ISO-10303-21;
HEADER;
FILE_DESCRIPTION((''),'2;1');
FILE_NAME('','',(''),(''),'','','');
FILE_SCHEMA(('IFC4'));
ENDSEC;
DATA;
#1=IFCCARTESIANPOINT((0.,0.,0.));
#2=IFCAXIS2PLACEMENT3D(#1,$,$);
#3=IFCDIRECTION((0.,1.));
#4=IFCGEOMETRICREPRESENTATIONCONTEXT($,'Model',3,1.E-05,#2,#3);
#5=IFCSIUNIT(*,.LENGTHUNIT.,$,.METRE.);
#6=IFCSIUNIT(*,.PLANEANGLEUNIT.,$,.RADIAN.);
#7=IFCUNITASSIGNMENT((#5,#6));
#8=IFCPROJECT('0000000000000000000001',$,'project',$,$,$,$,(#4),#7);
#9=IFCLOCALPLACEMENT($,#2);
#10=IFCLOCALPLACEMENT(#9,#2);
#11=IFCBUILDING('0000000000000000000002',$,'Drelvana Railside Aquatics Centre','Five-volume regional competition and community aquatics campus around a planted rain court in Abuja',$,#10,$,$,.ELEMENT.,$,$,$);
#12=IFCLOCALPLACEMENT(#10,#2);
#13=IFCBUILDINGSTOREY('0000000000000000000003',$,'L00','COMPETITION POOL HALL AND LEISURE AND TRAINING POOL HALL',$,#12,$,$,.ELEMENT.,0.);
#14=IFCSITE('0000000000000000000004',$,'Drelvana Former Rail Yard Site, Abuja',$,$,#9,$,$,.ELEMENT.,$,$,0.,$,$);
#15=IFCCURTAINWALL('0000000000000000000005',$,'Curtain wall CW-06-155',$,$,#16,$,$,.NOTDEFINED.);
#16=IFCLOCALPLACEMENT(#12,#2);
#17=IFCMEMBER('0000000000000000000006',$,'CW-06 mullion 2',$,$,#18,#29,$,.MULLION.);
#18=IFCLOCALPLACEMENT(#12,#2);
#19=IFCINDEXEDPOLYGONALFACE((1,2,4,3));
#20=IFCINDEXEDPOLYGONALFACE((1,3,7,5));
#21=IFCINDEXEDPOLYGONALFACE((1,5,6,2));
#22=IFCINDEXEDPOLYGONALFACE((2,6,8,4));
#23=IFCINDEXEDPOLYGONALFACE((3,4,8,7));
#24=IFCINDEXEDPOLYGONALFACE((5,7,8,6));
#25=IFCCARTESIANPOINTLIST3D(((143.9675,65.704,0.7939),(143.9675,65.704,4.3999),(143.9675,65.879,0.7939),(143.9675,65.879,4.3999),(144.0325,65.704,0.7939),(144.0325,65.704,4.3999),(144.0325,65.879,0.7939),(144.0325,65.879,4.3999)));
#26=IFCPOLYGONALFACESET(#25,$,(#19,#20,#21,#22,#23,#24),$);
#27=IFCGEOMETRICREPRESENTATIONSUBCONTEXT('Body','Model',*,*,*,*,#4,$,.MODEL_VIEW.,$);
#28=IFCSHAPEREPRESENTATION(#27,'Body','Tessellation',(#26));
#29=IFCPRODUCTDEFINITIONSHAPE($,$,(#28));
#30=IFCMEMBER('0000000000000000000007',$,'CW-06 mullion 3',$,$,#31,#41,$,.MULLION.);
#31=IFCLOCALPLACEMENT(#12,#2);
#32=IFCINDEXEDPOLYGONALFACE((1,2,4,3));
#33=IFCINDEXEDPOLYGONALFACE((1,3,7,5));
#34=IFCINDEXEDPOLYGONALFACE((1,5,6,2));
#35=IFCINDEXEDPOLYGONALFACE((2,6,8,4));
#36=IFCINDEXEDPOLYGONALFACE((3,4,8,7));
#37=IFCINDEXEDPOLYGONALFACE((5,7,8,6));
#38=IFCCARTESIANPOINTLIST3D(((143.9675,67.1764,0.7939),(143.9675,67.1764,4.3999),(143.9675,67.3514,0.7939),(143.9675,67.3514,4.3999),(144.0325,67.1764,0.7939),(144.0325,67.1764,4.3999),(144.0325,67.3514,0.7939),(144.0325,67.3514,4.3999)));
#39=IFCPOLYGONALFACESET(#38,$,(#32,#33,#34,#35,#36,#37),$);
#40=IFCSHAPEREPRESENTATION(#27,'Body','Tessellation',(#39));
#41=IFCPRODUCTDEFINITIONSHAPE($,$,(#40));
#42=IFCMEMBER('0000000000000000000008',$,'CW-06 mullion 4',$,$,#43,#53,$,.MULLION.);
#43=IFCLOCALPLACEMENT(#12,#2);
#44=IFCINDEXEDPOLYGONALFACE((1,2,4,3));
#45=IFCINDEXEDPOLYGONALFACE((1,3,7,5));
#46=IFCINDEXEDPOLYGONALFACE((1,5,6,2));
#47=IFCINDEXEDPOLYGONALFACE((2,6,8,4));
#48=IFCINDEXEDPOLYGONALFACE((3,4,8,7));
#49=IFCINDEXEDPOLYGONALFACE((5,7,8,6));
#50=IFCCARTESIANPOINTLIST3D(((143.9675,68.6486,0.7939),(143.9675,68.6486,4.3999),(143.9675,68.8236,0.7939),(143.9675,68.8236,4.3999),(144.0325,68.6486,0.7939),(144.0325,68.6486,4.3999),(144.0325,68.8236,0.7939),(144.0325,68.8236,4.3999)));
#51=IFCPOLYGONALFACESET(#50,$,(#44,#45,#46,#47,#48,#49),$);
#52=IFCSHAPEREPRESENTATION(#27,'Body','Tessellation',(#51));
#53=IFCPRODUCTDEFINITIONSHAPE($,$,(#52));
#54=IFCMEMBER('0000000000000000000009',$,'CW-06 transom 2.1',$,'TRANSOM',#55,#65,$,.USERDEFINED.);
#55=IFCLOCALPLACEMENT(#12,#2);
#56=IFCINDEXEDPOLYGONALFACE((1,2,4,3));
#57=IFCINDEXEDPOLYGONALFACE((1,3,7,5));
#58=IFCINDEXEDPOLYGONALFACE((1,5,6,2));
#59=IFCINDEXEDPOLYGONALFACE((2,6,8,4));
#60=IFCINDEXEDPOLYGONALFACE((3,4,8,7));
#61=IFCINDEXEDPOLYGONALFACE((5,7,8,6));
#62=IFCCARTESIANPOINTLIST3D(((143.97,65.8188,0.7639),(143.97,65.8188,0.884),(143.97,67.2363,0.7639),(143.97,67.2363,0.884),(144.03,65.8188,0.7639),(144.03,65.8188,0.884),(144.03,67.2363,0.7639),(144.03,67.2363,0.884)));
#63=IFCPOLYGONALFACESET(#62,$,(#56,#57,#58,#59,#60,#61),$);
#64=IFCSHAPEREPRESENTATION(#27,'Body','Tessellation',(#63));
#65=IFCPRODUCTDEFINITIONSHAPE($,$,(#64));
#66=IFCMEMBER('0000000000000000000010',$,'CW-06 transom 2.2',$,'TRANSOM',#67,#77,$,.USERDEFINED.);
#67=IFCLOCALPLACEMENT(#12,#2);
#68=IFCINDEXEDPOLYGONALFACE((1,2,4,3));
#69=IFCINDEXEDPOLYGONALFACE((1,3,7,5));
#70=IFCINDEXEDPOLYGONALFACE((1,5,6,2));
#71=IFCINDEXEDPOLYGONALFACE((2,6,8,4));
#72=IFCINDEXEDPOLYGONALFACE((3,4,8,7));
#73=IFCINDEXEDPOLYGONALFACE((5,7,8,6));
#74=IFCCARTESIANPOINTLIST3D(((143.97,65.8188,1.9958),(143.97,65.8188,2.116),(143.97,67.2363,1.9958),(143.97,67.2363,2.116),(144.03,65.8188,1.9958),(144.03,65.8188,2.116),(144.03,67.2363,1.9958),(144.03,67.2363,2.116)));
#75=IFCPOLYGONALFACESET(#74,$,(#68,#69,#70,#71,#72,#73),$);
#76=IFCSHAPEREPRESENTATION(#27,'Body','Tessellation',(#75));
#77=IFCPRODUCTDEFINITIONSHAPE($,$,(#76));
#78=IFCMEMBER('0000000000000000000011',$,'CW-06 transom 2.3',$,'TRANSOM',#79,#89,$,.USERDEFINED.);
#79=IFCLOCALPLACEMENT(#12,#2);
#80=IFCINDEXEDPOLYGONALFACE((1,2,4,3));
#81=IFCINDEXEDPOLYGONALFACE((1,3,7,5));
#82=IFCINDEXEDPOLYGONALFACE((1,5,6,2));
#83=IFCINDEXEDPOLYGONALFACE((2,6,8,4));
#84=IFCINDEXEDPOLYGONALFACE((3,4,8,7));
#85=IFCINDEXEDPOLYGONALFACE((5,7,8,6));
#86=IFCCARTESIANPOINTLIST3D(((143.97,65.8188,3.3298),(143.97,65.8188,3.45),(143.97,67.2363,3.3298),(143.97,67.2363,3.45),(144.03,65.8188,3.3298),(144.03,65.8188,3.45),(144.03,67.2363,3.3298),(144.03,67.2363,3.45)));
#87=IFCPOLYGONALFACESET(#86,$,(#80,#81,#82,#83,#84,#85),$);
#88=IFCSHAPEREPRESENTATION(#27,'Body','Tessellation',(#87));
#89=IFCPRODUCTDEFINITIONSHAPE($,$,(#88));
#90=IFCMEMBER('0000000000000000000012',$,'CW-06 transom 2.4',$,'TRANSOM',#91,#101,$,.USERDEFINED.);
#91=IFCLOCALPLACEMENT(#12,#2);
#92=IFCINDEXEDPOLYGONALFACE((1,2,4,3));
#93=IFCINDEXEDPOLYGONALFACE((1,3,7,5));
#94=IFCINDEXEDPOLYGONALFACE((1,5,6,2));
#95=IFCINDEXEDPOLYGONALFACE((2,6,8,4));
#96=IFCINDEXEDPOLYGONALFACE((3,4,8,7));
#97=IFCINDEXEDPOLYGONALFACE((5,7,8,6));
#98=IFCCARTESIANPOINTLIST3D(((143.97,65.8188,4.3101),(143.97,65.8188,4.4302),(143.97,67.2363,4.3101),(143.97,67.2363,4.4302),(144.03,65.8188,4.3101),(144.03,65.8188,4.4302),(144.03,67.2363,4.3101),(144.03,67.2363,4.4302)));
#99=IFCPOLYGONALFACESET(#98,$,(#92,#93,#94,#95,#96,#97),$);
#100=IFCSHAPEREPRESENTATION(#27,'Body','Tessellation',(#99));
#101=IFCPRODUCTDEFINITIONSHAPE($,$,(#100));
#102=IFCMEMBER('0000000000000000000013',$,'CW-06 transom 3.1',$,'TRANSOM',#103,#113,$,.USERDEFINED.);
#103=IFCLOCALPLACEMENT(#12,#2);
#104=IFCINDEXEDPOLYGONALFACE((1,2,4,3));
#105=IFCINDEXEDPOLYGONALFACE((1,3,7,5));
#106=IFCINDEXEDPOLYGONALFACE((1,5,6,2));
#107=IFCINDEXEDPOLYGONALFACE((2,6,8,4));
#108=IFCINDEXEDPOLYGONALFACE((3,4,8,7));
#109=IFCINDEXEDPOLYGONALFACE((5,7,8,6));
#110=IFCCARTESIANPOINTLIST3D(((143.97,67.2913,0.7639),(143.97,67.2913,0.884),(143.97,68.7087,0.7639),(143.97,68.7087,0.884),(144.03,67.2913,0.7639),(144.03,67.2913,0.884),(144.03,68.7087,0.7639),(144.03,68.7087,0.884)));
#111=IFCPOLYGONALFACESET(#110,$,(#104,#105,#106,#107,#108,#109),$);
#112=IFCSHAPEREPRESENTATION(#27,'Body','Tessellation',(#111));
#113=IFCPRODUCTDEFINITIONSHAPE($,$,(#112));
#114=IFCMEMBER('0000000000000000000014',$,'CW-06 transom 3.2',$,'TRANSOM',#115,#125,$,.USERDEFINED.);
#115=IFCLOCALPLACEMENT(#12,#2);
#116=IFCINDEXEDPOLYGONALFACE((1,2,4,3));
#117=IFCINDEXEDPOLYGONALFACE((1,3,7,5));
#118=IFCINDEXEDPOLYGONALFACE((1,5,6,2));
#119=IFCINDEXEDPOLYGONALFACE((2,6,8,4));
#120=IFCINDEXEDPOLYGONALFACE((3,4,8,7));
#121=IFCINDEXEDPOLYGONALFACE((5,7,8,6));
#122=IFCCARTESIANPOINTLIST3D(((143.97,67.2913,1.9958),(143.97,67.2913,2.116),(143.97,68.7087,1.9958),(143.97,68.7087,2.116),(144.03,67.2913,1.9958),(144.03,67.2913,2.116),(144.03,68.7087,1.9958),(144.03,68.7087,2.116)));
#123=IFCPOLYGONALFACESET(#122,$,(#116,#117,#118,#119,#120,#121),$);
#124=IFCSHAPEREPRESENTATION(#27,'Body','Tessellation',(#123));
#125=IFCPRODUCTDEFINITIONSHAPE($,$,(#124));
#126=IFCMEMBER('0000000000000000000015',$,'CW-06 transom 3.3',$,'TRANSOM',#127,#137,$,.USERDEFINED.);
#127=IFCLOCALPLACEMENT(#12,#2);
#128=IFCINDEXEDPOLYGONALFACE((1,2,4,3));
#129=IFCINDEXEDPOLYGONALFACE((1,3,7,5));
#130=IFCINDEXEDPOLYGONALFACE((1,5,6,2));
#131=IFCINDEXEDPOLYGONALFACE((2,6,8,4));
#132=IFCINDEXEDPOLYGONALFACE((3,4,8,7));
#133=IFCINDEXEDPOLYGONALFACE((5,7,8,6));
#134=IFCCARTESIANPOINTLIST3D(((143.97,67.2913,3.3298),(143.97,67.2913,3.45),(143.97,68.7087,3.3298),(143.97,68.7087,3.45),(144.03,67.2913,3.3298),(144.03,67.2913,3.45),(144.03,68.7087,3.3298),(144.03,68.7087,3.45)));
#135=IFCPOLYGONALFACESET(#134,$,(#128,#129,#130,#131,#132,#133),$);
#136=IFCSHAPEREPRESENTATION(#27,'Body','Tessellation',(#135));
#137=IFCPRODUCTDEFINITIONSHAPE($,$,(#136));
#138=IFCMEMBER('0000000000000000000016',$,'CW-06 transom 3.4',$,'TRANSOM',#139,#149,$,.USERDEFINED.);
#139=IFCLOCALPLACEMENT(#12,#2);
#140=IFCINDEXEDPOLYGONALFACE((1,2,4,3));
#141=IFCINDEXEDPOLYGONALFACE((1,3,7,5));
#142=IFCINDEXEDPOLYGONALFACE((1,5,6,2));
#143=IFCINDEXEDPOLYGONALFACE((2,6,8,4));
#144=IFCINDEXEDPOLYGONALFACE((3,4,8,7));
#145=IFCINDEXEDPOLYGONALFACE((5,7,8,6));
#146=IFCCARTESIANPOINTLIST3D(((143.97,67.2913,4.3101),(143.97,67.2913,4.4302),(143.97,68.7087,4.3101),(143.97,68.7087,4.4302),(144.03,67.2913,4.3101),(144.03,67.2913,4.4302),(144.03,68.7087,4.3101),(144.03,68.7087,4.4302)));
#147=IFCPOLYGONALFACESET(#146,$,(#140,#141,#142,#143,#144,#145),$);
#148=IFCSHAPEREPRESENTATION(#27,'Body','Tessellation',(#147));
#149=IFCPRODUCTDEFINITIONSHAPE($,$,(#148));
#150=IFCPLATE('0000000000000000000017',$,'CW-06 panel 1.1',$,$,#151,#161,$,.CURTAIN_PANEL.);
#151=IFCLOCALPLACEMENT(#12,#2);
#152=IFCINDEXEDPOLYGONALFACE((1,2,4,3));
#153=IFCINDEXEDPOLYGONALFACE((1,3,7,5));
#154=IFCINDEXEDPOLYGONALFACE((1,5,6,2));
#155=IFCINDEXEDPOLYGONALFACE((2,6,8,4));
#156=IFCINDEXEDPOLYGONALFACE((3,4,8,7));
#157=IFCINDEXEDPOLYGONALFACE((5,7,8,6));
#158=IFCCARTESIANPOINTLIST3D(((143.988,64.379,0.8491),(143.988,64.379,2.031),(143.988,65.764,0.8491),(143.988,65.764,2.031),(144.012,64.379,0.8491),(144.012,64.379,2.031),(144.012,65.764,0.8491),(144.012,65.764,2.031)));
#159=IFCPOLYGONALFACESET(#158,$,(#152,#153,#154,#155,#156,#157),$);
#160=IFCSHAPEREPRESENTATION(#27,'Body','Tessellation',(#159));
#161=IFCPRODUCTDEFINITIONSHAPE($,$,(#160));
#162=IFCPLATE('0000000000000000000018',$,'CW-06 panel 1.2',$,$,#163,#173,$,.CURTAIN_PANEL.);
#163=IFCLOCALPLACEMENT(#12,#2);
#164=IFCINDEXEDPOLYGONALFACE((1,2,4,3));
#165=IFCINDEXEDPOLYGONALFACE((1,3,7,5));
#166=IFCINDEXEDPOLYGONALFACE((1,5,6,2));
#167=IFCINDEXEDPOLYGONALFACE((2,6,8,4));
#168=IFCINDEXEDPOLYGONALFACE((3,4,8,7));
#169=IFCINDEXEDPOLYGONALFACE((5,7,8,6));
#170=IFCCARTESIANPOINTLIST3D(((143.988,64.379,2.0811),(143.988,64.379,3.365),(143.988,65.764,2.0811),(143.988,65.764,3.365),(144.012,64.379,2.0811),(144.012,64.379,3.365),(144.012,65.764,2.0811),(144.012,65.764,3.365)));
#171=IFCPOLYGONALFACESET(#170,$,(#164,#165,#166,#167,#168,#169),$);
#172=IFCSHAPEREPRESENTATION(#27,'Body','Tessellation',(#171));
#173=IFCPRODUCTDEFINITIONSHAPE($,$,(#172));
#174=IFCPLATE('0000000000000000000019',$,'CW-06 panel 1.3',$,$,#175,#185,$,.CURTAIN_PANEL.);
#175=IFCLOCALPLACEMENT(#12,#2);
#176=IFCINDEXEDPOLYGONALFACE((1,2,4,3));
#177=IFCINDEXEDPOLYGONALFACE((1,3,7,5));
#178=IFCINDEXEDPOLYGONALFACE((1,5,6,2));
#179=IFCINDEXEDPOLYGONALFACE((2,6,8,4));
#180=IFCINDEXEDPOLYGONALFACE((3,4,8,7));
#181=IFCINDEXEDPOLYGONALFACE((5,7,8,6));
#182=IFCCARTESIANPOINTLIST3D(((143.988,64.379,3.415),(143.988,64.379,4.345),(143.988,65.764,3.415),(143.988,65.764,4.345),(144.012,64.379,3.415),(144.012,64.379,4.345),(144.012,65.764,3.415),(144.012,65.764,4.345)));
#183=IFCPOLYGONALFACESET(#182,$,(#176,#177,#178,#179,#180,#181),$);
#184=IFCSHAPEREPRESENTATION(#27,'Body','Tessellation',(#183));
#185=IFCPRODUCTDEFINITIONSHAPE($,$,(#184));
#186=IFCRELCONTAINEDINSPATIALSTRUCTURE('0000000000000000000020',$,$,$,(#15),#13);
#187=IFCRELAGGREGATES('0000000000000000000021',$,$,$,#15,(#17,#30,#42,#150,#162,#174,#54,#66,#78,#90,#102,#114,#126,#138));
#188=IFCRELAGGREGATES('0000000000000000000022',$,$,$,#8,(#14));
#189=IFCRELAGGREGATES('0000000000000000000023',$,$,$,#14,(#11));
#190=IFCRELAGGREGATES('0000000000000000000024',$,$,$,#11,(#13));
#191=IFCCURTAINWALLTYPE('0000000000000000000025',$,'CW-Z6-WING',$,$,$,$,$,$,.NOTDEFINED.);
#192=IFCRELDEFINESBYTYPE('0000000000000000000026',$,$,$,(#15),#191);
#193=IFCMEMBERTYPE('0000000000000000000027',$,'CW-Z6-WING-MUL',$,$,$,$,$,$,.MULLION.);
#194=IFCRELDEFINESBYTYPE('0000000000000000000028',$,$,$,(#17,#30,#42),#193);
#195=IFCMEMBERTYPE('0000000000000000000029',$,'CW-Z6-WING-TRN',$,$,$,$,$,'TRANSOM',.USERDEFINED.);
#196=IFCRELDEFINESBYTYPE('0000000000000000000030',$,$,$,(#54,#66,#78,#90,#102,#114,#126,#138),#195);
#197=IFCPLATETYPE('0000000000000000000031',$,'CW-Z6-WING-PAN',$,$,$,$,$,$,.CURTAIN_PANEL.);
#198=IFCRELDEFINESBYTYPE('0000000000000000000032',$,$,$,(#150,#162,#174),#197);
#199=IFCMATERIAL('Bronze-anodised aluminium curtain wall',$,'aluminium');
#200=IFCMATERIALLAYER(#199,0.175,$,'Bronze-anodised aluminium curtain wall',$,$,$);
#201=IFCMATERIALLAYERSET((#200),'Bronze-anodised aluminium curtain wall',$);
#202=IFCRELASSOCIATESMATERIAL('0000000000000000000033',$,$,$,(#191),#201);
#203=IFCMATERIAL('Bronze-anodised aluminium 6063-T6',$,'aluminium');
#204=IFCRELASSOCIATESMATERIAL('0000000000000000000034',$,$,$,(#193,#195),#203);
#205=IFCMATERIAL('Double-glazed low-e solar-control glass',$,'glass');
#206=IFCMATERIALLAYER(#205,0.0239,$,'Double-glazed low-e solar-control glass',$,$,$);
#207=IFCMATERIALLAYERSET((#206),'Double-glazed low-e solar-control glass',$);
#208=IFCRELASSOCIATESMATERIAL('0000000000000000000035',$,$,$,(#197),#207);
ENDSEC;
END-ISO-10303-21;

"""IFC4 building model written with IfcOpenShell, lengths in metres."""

from ifc_helpers import new_model, si_unit, direction, frame, origin, origin_2d, place, context, subcontext, project, spatial, rectangle, extrude, material, layer, layer_set, material_profile, profile_set, type_object, element, aggregate, save


model = new_model("IFC4")

# Units and contexts
model_context = context("Model", 3, precision=1e-05, world=origin(), true_north=direction((0.0, 1.0)))
body_context = subcontext(model_context, "Body", "Model", "MODEL_VIEW")
ifc_project = project(units=[si_unit("LENGTHUNIT", "METRE"), si_unit("PLANEANGLEUNIT", "RADIAN")], contexts=[model_context])

# Site, building, storey
site_placement = place(None, origin())
site = spatial("IfcSite", under=ifc_project, at=site_placement, Name="Drelvana Former Rail Yard Site, Abuja", CompositionType="ELEMENT", RefElevation=0.0)
building_placement = place(site_placement, origin())
building = spatial("IfcBuilding", under=site, at=building_placement, Name="Drelvana Railside Aquatics Centre", Description="Five-volume regional competition and community aquatics campus around a planted rain court in Abuja", CompositionType="ELEMENT")
storey_placement = place(building_placement, origin())
storey = spatial("IfcBuildingStorey", under=building, at=storey_placement, Name="L00", Description="COMPETITION POOL HALL AND LEISURE AND TRAINING POOL HALL", CompositionType="ELEMENT", Elevation=0.0)

# Curtain wall, members, plates
ifc_material_1 = material(Name="Bronze-anodised aluminium curtain wall", Category="aluminium")
ifc_layer_1 = layer(ifc_material_1, 0.175, Name="Bronze-anodised aluminium curtain wall")
ifc_layer_set_1 = layer_set([ifc_layer_1], Name="Bronze-anodised aluminium curtain wall")
curtain_wall_type = type_object("IfcCurtainWallType", Name="CW-Z6-WING", PredefinedType="NOTDEFINED", material=ifc_layer_set_1)
curtain_wall_placement = place(storey_placement, origin())
curtain_wall = element("IfcCurtainWall", 1, at=curtain_wall_placement, inside=storey, type_object=curtain_wall_type, Name="Curtain wall CW-06-155", PredefinedType="NOTDEFINED")
ifc_material_2 = material(Name="Bronze-anodised aluminium 6063-T6", Category="aluminium")
ifc_material_profile_1 = material_profile(ifc_material_2, rectangle(XDim=0.0649, YDim=0.175, at=origin_2d()), Name="ALU-M 65x175")
ifc_profile_set_1 = profile_set([ifc_material_profile_1], Name="Bronze-anodised aluminium 6063-T6")
member_type_1 = type_object("IfcMemberType", Name="CW-Z6-WING-MUL", PredefinedType="MULLION", material=ifc_profile_set_1)
member_1_placement = place(storey_placement, frame((144.0, 65.7915, 0.7939), z_axis=(0.0, 0.0, 1.0), x_axis=(-1.0, 0.0, 0.0)))
member_1 = element("IfcMember", 2, at=member_1_placement, type_object=member_type_1, Name="CW-06 mullion 2", PredefinedType="MULLION", context=body_context, shape_type="SweptSolid", body=[
    extrude(rectangle(XDim=0.0649, YDim=0.175, at=origin_2d()), origin(), (0.0, 0.0, 1.0), 3.606),
])
member_2_placement = place(storey_placement, frame((144.0, 67.2639, 0.7939), z_axis=(0.0, 0.0, 1.0), x_axis=(-1.0, 0.0, 0.0)))
member_2 = element("IfcMember", 3, at=member_2_placement, type_object=member_type_1, Name="CW-06 mullion 3", PredefinedType="MULLION", context=body_context, shape_type="SweptSolid", body=[
    extrude(rectangle(XDim=0.0649, YDim=0.175, at=origin_2d()), origin(), (0.0, 0.0, 1.0), 3.606),
])
member_3_placement = place(storey_placement, frame((144.0, 68.7361, 0.7939), z_axis=(0.0, 0.0, 1.0), x_axis=(-1.0, 0.0, 0.0)))
member_3 = element("IfcMember", 4, at=member_3_placement, type_object=member_type_1, Name="CW-06 mullion 4", PredefinedType="MULLION", context=body_context, shape_type="SweptSolid", body=[
    extrude(rectangle(XDim=0.0649, YDim=0.175, at=origin_2d()), origin(), (0.0, 0.0, 1.0), 3.606),
])
ifc_material_profile_2 = material_profile(ifc_material_2, rectangle(XDim=0.1201, YDim=0.0601, at=origin_2d()), Name="ALU-T 60x120")
ifc_profile_set_2 = profile_set([ifc_material_profile_2], Name="Bronze-anodised aluminium 6063-T6")
member_type_2 = type_object("IfcMemberType", Name="CW-Z6-WING-TRN", ElementType="TRANSOM", PredefinedType="USERDEFINED", material=ifc_profile_set_2)
member_4_placement = place(storey_placement, frame((144.0, 65.8188, 0.824), z_axis=(0.0, 1.0, 0.0), x_axis=(0.0, 0.0, 1.0)))
member_4 = element("IfcMember", 5, at=member_4_placement, type_object=member_type_2, Name="CW-06 transom 2.1", ObjectType="TRANSOM", PredefinedType="USERDEFINED", context=body_context, shape_type="SweptSolid", body=[
    extrude(rectangle(XDim=0.1201, YDim=0.0601, at=origin_2d()), origin(), (0.0, 0.0, 1.0), 1.4175),
])
member_5_placement = place(storey_placement, frame((144.0, 65.8188, 2.0559), z_axis=(0.0, 1.0, 0.0), x_axis=(0.0, 0.0, 1.0)))
member_5 = element("IfcMember", 6, at=member_5_placement, type_object=member_type_2, Name="CW-06 transom 2.2", ObjectType="TRANSOM", PredefinedType="USERDEFINED", context=body_context, shape_type="SweptSolid", body=[
    extrude(rectangle(XDim=0.1201, YDim=0.0601, at=origin_2d()), origin(), (0.0, 0.0, 1.0), 1.4175),
])
member_6_placement = place(storey_placement, frame((144.0, 65.8188, 3.3899), z_axis=(0.0, 1.0, 0.0), x_axis=(0.0, 0.0, 1.0)))
member_6 = element("IfcMember", 7, at=member_6_placement, type_object=member_type_2, Name="CW-06 transom 2.3", ObjectType="TRANSOM", PredefinedType="USERDEFINED", context=body_context, shape_type="SweptSolid", body=[
    extrude(rectangle(XDim=0.1201, YDim=0.0601, at=origin_2d()), origin(), (0.0, 0.0, 1.0), 1.4175),
])
member_7_placement = place(storey_placement, frame((144.0, 65.8188, 4.3701), z_axis=(0.0, 1.0, 0.0), x_axis=(0.0, 0.0, 1.0)))
member_7 = element("IfcMember", 8, at=member_7_placement, type_object=member_type_2, Name="CW-06 transom 2.4", ObjectType="TRANSOM", PredefinedType="USERDEFINED", context=body_context, shape_type="SweptSolid", body=[
    extrude(rectangle(XDim=0.1201, YDim=0.0601, at=origin_2d()), origin(), (0.0, 0.0, 1.0), 1.4175),
])
member_8_placement = place(storey_placement, frame((144.0, 67.2913, 0.824), z_axis=(0.0, 1.0, 0.0), x_axis=(0.0, 0.0, 1.0)))
member_8 = element("IfcMember", 9, at=member_8_placement, type_object=member_type_2, Name="CW-06 transom 3.1", ObjectType="TRANSOM", PredefinedType="USERDEFINED", context=body_context, shape_type="SweptSolid", body=[
    extrude(rectangle(XDim=0.1201, YDim=0.0601, at=origin_2d()), origin(), (0.0, 0.0, 1.0), 1.4175),
])
member_9_placement = place(storey_placement, frame((144.0, 67.2913, 2.0559), z_axis=(0.0, 1.0, 0.0), x_axis=(0.0, 0.0, 1.0)))
member_9 = element("IfcMember", 10, at=member_9_placement, type_object=member_type_2, Name="CW-06 transom 3.2", ObjectType="TRANSOM", PredefinedType="USERDEFINED", context=body_context, shape_type="SweptSolid", body=[
    extrude(rectangle(XDim=0.1201, YDim=0.0601, at=origin_2d()), origin(), (0.0, 0.0, 1.0), 1.4175),
])
member_10_placement = place(storey_placement, frame((144.0, 67.2913, 3.3899), z_axis=(0.0, 1.0, 0.0), x_axis=(0.0, 0.0, 1.0)))
member_10 = element("IfcMember", 11, at=member_10_placement, type_object=member_type_2, Name="CW-06 transom 3.3", ObjectType="TRANSOM", PredefinedType="USERDEFINED", context=body_context, shape_type="SweptSolid", body=[
    extrude(rectangle(XDim=0.1201, YDim=0.0601, at=origin_2d()), origin(), (0.0, 0.0, 1.0), 1.4175),
])
member_11_placement = place(storey_placement, frame((144.0, 67.2913, 4.3701), z_axis=(0.0, 1.0, 0.0), x_axis=(0.0, 0.0, 1.0)))
member_11 = element("IfcMember", 12, at=member_11_placement, type_object=member_type_2, Name="CW-06 transom 3.4", ObjectType="TRANSOM", PredefinedType="USERDEFINED", context=body_context, shape_type="SweptSolid", body=[
    extrude(rectangle(XDim=0.1201, YDim=0.0601, at=origin_2d()), origin(), (0.0, 0.0, 1.0), 1.4175),
])
ifc_material_3 = material(Name="Double-glazed low-e solar-control glass", Category="glass")
ifc_layer_2 = layer(ifc_material_3, 0.0239, Name="Double-glazed low-e solar-control glass")
ifc_layer_set_2 = layer_set([ifc_layer_2], Name="Double-glazed low-e solar-control glass")
plate_type = type_object("IfcPlateType", Name="CW-Z6-WING-PAN", PredefinedType="CURTAIN_PANEL", material=ifc_layer_set_2)
plate_1_placement = place(storey_placement, frame((144.0, 65.0715, 0.8491), z_axis=(0.0, 0.0, 1.0), x_axis=(0.0, 1.0, 0.0)))
plate_1 = element("IfcPlate", 13, at=plate_1_placement, type_object=plate_type, Name="CW-06 panel 1.1", PredefinedType="CURTAIN_PANEL", context=body_context, shape_type="SweptSolid", body=[
    extrude(rectangle(XDim=1.385, YDim=0.0239, at=origin_2d()), origin(), (0.0, 0.0, 1.0), 1.1819),
])
plate_2_placement = place(storey_placement, frame((144.0, 65.0715, 2.0811), z_axis=(0.0, 0.0, 1.0), x_axis=(0.0, 1.0, 0.0)))
plate_2 = element("IfcPlate", 14, at=plate_2_placement, type_object=plate_type, Name="CW-06 panel 1.2", PredefinedType="CURTAIN_PANEL", context=body_context, shape_type="SweptSolid", body=[
    extrude(rectangle(XDim=1.385, YDim=0.0239, at=origin_2d()), origin(), (0.0, 0.0, 1.0), 1.2839),
])
plate_3_placement = place(storey_placement, frame((144.0, 65.0715, 3.415), z_axis=(0.0, 0.0, 1.0), x_axis=(0.0, 1.0, 0.0)))
plate_3 = element("IfcPlate", 15, at=plate_3_placement, type_object=plate_type, Name="CW-06 panel 1.3", PredefinedType="CURTAIN_PANEL", context=body_context, shape_type="SweptSolid", body=[
    extrude(rectangle(XDim=1.385, YDim=0.0239, at=origin_2d()), origin(), (0.0, 0.0, 1.0), 0.9299),
])
aggregate(curtain_wall, [member_1, member_2, member_3, plate_1, plate_2, plate_3, member_4, member_5, member_6, member_7, member_8, member_9, member_10, member_11])

save(model, "model.ifc")
